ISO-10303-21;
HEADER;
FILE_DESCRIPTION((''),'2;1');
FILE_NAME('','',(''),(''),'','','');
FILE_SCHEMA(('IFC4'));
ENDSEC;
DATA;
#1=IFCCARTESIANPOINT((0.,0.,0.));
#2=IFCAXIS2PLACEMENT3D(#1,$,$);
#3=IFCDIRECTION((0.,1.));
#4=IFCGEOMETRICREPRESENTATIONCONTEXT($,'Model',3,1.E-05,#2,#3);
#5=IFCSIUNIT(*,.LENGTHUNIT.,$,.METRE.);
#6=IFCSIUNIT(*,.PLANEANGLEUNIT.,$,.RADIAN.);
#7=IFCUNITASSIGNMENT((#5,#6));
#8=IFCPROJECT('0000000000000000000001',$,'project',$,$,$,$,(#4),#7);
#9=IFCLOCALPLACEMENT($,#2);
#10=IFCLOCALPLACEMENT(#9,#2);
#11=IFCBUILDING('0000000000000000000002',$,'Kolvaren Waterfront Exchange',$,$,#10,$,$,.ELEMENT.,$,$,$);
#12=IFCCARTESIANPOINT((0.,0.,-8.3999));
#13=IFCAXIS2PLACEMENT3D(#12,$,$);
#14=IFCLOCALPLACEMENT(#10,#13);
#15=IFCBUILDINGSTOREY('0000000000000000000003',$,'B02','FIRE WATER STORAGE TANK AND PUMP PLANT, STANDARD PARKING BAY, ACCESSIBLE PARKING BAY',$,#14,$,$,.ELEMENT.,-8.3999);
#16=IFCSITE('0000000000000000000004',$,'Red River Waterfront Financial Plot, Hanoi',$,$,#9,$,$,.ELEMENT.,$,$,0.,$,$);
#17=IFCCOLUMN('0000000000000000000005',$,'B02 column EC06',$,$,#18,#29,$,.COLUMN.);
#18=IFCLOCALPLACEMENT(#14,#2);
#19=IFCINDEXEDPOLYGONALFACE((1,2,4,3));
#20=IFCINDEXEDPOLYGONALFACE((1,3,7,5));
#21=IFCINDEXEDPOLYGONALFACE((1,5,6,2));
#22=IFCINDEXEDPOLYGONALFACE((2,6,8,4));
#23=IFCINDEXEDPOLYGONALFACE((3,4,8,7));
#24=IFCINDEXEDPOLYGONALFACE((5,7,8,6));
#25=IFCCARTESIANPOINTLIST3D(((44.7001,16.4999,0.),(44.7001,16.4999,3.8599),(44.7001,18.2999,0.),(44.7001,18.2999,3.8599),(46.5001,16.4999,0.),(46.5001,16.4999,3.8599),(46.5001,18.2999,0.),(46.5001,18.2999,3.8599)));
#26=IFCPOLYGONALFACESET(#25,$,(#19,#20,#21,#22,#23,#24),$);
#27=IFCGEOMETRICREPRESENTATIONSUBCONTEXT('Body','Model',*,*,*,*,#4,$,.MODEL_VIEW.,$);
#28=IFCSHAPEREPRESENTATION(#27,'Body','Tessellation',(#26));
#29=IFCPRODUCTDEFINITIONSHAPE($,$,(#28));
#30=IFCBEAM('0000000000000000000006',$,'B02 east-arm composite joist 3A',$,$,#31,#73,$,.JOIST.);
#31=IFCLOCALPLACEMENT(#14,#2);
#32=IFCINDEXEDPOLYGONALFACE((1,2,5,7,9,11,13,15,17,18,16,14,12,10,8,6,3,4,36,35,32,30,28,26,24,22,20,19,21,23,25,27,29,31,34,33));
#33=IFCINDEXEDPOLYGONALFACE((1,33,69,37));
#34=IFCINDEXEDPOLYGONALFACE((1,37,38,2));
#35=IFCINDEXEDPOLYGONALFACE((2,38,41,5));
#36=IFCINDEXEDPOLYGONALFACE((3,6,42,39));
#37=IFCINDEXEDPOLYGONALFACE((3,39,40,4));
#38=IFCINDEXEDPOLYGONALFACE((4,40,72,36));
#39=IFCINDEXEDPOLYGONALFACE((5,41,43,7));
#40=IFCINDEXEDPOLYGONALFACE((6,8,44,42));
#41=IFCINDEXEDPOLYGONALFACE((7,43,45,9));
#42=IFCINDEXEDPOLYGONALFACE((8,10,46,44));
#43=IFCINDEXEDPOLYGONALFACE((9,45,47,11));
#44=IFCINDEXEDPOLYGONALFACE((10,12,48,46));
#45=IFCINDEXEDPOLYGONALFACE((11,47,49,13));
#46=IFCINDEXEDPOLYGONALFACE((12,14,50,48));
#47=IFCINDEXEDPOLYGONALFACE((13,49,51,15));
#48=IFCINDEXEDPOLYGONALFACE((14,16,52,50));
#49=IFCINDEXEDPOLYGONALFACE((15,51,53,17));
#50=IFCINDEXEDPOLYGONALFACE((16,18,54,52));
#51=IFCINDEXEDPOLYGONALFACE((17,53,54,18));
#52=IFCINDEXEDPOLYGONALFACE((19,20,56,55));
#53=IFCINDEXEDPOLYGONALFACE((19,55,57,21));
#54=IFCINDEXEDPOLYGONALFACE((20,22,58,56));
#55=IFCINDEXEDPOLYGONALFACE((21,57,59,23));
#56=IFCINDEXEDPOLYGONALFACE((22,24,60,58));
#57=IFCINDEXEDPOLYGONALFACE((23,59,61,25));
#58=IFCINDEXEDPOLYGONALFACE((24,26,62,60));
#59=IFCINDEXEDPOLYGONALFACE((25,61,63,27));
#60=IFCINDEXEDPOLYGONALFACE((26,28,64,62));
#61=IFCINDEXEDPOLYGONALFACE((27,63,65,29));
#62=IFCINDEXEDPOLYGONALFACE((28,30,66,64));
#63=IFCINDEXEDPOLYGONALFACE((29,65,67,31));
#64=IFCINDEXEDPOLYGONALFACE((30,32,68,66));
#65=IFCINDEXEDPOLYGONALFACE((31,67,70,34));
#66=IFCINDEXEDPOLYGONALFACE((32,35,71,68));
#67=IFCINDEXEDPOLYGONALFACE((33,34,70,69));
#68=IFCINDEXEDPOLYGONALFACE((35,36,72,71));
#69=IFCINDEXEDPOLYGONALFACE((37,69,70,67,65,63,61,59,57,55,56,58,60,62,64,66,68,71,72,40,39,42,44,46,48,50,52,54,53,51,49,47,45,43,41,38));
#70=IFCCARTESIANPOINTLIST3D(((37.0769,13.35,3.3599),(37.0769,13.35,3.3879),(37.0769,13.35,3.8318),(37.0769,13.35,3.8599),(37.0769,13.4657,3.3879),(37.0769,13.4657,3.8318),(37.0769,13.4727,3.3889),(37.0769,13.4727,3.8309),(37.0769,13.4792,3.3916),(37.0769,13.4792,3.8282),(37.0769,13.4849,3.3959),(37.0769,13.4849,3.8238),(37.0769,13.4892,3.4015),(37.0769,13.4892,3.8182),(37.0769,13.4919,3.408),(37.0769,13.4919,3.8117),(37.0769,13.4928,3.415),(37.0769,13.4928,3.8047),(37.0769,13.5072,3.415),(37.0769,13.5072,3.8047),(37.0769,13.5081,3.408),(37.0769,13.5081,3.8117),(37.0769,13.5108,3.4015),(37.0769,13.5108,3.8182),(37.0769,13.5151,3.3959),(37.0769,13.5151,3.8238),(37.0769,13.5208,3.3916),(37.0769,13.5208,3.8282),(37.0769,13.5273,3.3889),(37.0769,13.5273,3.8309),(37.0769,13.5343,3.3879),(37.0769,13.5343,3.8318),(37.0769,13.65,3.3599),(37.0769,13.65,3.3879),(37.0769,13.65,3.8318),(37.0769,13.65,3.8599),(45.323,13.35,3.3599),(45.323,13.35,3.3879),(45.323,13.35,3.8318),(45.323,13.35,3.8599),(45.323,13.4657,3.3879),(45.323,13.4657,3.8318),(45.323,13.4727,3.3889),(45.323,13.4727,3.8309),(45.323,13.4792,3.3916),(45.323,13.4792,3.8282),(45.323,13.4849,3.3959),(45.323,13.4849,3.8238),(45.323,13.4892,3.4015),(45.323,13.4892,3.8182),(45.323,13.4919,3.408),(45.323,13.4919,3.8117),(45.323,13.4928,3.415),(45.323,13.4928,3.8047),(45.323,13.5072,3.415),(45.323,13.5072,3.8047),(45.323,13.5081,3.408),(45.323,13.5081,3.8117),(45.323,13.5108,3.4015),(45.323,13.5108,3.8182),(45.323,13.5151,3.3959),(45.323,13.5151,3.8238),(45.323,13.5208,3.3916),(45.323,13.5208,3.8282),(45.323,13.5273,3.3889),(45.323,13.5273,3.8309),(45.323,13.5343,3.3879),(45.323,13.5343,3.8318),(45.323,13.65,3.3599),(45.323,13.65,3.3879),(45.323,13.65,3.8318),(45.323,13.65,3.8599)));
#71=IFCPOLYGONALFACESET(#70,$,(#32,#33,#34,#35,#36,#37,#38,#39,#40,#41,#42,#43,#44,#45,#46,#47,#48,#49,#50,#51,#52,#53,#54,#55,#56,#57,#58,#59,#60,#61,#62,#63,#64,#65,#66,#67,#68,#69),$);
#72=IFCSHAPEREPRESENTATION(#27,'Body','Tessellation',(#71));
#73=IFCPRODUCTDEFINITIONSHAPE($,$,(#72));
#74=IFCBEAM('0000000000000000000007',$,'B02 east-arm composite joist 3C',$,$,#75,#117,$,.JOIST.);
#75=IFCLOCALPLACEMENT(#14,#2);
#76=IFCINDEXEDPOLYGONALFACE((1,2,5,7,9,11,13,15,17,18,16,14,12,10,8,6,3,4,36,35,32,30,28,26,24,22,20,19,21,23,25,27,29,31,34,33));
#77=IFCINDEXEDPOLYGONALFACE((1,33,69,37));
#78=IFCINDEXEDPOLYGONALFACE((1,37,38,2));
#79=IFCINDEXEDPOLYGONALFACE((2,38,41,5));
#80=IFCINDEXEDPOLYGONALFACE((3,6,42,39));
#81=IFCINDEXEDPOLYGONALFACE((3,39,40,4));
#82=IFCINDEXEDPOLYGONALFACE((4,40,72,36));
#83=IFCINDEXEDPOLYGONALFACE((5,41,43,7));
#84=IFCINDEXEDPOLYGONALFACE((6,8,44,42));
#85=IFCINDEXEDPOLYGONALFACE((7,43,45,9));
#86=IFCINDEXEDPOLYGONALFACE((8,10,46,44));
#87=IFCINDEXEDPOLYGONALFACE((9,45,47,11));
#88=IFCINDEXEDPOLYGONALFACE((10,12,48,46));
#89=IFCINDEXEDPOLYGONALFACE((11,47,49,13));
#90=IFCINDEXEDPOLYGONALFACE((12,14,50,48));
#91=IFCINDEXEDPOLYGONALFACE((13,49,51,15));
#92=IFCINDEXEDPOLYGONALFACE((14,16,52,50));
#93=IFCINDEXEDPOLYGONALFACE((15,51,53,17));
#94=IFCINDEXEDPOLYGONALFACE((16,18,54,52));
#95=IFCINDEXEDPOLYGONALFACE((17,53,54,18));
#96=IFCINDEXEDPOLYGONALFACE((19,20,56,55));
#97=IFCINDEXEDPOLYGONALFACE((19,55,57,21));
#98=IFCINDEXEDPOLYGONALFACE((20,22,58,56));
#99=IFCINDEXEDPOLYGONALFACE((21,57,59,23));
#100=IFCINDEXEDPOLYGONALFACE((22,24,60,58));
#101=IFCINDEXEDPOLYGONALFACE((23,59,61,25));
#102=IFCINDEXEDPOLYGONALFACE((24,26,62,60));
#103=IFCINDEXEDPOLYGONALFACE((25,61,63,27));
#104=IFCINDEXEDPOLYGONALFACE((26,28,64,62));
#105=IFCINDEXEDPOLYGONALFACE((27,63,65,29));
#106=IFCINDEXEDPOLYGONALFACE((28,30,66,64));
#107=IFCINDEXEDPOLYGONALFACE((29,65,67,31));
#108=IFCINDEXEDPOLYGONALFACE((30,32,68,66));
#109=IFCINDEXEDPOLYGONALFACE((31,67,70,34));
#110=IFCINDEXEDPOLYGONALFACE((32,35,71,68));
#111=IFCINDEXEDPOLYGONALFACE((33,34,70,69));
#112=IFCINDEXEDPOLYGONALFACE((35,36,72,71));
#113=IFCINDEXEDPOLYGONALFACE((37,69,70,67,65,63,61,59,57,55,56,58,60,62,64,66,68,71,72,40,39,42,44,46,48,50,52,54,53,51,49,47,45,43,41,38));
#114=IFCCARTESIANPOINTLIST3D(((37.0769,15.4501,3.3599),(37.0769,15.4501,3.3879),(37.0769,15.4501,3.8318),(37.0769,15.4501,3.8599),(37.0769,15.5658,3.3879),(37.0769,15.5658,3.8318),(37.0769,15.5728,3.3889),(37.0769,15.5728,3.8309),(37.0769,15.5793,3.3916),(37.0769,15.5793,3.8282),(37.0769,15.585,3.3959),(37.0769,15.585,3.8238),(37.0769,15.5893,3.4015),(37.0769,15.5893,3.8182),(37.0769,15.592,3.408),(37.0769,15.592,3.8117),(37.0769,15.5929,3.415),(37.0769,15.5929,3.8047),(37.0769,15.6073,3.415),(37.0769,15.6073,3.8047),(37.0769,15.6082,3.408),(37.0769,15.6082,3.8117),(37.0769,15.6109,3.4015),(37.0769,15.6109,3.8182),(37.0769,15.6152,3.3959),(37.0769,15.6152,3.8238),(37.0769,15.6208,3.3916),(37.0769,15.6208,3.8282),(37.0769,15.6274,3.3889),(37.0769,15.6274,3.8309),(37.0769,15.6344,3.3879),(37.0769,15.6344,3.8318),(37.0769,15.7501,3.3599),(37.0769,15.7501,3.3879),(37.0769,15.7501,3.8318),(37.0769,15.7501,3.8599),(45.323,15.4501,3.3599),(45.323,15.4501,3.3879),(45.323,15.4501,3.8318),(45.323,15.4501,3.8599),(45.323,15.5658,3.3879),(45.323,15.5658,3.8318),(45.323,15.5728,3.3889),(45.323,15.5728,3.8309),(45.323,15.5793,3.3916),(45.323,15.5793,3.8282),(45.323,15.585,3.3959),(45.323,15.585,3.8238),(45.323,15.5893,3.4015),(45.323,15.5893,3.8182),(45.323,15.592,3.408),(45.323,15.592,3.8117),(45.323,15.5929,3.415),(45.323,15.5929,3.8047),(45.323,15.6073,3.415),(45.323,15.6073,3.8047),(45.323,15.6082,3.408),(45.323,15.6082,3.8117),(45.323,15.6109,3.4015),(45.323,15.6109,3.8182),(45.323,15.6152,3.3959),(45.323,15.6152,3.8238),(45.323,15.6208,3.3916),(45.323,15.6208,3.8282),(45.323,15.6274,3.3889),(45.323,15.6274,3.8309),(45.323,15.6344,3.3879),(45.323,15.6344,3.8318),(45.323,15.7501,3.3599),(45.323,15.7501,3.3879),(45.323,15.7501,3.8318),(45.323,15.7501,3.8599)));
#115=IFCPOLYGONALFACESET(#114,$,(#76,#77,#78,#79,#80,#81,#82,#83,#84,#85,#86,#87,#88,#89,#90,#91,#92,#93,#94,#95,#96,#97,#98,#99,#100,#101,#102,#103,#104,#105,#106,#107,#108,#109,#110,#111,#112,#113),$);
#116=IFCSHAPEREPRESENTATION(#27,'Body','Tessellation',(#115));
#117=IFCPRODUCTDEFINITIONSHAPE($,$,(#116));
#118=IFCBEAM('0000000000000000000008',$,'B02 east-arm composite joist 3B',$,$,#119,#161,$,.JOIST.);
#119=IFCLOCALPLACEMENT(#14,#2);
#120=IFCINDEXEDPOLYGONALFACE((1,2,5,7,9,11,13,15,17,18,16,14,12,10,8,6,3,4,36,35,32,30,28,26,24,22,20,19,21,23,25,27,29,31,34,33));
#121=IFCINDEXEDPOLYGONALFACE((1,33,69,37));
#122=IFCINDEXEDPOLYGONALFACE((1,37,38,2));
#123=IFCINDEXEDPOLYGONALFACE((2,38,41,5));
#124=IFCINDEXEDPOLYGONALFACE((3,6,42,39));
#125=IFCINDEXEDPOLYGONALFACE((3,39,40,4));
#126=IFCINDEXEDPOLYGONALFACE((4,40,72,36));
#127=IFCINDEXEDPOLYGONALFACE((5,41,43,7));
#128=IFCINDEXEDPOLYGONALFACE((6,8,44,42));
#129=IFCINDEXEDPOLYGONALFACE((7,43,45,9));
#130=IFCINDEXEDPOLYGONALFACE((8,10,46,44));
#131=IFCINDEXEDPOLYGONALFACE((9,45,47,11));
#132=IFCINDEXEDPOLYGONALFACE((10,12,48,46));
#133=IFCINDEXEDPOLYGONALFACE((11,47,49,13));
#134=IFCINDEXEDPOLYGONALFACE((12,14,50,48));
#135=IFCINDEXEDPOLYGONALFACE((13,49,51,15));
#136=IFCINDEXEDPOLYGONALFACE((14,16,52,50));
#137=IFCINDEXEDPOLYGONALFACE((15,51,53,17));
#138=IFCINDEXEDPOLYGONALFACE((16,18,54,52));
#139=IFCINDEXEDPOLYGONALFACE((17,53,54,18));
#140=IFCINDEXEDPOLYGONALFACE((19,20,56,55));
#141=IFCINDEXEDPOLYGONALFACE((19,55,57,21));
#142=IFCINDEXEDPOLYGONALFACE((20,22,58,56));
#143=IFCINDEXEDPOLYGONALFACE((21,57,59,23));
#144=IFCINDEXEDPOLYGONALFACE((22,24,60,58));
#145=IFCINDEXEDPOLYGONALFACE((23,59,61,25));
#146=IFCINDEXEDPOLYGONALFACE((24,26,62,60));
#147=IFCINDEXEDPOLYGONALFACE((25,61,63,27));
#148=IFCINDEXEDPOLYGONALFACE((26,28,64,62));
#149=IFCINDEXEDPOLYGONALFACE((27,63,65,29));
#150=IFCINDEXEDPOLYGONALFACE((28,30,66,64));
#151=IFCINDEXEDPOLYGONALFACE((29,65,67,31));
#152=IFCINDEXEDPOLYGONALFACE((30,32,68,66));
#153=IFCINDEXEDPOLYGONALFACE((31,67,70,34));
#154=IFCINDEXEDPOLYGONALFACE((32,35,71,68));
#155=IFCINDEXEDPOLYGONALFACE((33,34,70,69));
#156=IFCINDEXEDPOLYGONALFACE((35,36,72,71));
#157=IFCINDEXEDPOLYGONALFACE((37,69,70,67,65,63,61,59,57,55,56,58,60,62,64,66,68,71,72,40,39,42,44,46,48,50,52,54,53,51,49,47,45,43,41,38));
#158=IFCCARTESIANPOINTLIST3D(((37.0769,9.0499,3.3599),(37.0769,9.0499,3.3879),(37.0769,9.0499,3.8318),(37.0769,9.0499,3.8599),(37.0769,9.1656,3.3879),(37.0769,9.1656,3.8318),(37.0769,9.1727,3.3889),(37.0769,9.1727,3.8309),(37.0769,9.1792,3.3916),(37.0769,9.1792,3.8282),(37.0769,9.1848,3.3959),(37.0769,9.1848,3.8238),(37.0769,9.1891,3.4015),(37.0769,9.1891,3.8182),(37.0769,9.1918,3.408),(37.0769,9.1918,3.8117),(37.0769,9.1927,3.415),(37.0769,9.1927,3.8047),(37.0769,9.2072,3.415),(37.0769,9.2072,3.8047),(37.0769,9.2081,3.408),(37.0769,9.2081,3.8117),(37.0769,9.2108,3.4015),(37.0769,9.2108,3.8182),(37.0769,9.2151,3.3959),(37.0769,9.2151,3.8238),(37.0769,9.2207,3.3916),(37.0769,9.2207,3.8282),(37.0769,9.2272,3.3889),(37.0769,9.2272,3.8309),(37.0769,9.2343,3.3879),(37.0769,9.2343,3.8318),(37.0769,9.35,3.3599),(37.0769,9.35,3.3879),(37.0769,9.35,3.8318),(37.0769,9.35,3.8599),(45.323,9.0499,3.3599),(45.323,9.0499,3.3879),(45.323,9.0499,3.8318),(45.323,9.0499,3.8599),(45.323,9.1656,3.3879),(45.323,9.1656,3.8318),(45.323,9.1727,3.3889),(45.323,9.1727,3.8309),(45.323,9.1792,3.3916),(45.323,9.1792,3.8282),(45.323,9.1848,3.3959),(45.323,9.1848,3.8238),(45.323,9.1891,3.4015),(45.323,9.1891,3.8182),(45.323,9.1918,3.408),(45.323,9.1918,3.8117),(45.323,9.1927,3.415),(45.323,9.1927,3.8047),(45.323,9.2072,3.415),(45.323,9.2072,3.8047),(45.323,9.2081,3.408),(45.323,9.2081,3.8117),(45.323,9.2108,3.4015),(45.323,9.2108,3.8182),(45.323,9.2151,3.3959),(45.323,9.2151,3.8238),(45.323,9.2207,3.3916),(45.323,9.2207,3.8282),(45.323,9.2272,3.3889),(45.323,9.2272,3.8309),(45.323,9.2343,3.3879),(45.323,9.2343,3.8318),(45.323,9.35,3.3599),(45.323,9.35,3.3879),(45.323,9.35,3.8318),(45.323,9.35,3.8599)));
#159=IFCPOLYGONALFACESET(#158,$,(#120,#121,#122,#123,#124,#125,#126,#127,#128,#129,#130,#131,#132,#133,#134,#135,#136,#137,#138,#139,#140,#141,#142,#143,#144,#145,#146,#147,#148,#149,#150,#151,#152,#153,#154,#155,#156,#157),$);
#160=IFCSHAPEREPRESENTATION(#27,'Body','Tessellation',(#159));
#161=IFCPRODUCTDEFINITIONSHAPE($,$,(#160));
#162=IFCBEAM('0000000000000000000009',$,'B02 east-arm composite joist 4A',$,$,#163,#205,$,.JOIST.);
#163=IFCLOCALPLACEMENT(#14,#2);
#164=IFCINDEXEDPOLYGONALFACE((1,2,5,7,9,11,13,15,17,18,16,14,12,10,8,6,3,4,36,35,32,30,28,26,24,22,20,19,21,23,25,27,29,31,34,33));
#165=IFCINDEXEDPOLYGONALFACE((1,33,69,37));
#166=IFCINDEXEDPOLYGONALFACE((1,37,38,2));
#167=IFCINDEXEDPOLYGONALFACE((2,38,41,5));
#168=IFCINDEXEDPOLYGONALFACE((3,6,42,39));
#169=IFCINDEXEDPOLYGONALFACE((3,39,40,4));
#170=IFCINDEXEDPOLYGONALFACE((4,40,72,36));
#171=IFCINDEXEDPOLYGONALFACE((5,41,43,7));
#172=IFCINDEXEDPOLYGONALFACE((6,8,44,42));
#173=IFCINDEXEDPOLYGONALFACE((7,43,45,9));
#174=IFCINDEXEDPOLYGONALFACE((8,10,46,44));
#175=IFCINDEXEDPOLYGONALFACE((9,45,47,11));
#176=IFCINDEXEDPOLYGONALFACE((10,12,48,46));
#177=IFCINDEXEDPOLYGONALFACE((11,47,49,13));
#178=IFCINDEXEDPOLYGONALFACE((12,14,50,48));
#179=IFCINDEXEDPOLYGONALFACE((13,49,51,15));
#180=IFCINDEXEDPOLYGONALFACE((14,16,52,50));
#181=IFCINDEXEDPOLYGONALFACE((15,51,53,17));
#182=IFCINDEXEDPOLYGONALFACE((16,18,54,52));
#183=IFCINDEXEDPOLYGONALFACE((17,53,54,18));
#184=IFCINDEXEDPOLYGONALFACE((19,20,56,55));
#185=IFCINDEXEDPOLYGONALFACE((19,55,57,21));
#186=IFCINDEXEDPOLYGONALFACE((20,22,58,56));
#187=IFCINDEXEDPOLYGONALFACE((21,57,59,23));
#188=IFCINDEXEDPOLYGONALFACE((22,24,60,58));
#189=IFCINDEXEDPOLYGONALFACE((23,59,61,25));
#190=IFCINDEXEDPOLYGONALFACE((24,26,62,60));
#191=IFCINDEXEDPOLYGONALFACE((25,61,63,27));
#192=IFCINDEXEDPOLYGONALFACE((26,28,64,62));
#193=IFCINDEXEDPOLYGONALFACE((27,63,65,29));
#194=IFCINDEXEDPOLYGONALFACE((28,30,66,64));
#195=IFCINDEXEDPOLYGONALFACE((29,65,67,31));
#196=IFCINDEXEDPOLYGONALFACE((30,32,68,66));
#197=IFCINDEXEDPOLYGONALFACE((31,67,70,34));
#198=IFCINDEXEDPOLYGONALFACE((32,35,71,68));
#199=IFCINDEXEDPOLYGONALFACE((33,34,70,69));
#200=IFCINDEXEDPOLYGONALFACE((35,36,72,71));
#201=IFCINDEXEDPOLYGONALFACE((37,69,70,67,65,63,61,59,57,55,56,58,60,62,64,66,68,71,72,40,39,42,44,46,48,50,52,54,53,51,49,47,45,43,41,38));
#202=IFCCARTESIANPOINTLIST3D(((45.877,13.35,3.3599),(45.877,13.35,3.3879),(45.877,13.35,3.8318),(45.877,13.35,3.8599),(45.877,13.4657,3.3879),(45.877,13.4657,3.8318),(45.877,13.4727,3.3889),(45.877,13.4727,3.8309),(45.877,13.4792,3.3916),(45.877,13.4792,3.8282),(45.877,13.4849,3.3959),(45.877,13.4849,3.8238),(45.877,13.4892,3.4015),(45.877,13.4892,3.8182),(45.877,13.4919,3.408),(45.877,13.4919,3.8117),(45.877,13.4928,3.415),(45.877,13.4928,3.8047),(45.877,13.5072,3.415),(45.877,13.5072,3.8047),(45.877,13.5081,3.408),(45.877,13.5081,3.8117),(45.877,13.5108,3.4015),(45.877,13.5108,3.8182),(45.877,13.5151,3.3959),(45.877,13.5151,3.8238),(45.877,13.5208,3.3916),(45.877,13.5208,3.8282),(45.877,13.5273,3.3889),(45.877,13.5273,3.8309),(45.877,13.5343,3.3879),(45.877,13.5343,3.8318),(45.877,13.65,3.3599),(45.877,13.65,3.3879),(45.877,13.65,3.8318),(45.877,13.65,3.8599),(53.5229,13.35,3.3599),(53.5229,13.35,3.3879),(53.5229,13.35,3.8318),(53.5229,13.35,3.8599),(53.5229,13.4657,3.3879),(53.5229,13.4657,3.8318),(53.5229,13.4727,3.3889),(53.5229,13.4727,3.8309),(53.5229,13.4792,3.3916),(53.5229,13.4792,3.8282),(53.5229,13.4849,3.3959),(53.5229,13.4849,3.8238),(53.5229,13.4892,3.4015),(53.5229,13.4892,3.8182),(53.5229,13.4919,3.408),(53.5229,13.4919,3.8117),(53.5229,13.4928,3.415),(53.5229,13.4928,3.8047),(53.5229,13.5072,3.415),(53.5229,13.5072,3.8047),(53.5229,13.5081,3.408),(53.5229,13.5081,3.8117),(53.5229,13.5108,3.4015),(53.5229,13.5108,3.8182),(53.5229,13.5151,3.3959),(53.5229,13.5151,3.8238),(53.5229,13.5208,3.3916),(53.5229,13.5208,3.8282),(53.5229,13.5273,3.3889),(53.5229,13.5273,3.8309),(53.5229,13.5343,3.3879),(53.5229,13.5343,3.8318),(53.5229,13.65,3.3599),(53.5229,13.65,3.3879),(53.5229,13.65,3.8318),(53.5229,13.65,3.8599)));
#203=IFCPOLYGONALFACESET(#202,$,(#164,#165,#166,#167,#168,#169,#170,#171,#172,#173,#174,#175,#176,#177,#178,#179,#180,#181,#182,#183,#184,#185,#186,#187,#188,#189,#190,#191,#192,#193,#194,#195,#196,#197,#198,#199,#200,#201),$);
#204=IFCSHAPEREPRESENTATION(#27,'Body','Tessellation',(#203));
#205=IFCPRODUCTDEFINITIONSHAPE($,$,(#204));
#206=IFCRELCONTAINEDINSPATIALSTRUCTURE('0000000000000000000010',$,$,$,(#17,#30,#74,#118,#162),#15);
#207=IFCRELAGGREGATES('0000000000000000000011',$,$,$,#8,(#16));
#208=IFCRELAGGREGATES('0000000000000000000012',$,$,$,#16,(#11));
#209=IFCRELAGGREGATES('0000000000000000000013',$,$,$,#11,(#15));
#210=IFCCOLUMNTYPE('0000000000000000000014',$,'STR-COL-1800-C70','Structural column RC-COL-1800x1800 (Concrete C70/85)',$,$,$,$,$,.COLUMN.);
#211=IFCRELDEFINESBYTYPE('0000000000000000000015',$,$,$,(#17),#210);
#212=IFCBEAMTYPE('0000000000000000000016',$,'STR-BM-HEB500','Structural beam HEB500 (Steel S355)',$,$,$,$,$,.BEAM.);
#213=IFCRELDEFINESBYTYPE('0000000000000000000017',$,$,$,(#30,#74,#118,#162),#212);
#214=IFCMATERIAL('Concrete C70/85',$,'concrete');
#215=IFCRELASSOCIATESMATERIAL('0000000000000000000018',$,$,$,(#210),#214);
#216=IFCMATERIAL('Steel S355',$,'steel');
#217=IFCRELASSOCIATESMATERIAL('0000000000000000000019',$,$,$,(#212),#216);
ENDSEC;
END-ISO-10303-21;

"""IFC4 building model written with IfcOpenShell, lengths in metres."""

from ifc_helpers import new_model, si_unit, direction, frame, origin, origin_2d, place, context, subcontext, project, spatial, rectangle, i_section, extrude, material, material_profile, profile_set, type_object, element, save


model = new_model("IFC4")

# Units and contexts
model_context = context("Model", 3, precision=1e-05, world=origin(), true_north=direction((0.0, 1.0)))
body_context = subcontext(model_context, "Body", "Model", "MODEL_VIEW")
ifc_project = project(units=[si_unit("LENGTHUNIT", "METRE"), si_unit("PLANEANGLEUNIT", "RADIAN")], contexts=[model_context])

# Site, building, storey
site_placement = place(None, origin())
site = spatial("IfcSite", under=ifc_project, at=site_placement, Name="Red River Waterfront Financial Plot, Hanoi", CompositionType="ELEMENT", RefElevation=0.0)
building_placement = place(site_placement, origin())
building = spatial("IfcBuilding", under=site, at=building_placement, Name="Kolvaren Waterfront Exchange", CompositionType="ELEMENT")
storey_placement = place(building_placement, frame((0.0, 0.0, -8.3999)))
storey = spatial("IfcBuildingStorey", under=building, at=storey_placement, Name="B02", Description="FIRE WATER STORAGE TANK AND PUMP PLANT, STANDARD PARKING BAY, ACCESSIBLE PARKING BAY", CompositionType="ELEMENT", Elevation=-8.3999)

# Column
ifc_material_1 = material(Name="Concrete C70/85", Category="concrete")
ifc_material_profile_1 = material_profile(ifc_material_1, rectangle(XDim=1.8, YDim=1.8, at=origin_2d()), Name="RC-COL-1800x1800")
ifc_profile_set_1 = profile_set([ifc_material_profile_1], Name="Concrete C70/85")
column_type = type_object("IfcColumnType", Name="STR-COL-1800-C70", Description="Structural column RC-COL-1800x1800 (Concrete C70/85)", PredefinedType="COLUMN", material=ifc_profile_set_1)
for number, where, z_axis, x_axis, name in (
    (1, (45.6001, 17.3999, 0.0), (0.0, 0.0, 1.0), (1.0, 0.0, 0.0), "B02 column EC06"),
):
    element("IfcColumn", number, at=place(storey_placement, frame(where, z_axis=z_axis, x_axis=x_axis)), inside=storey, type_object=column_type, Name=name, PredefinedType="COLUMN", context=body_context, shape_type="SweptSolid", body=[
        extrude(rectangle(XDim=1.8, YDim=1.8, at=origin_2d()), origin(), (0.0, 0.0, 1.0), 3.8599),
    ])

# Beams
ifc_material_2 = material(Name="Steel S355", Category="steel")
ifc_material_profile_2 = material_profile(ifc_material_2, i_section(OverallWidth=0.3, OverallDepth=0.5, WebThickness=0.0144, FlangeThickness=0.0281, FilletRadius=0.0271, at=origin_2d()), Name="HEB500")
ifc_profile_set_2 = profile_set([ifc_material_profile_2], Name="Steel S355")
beam_type_1 = type_object("IfcBeamType", Name="STR-BM-HEB500", Description="Structural beam HEB500 (Steel S355)", PredefinedType="BEAM", material=ifc_profile_set_2)
for number, where, z_axis, x_axis, name in (
    (2, (37.0769, 13.5, 3.6099), (1.0, 0.0, 0.0), (0.0, 1.0, 0.0), "B02 east-arm composite joist 3A"),
    (3, (37.0769, 15.6001, 3.6099), (1.0, 0.0, 0.0), (0.0, 1.0, 0.0), "B02 east-arm composite joist 3C"),
    (4, (37.0769, 9.2, 3.6099), (1.0, 0.0, 0.0), (0.0, 1.0, 0.0), "B02 east-arm composite joist 3B"),
):
    element("IfcBeam", number, at=place(storey_placement, frame(where, z_axis=z_axis, x_axis=x_axis)), inside=storey, type_object=beam_type_1, Name=name, PredefinedType="JOIST", context=body_context, shape_type="SweptSolid", body=[
        extrude(i_section(OverallWidth=0.3, OverallDepth=0.5, WebThickness=0.0144, FlangeThickness=0.0281, FilletRadius=0.0271, at=origin_2d()), origin(), (0.0, 0.0, 1.0), 8.2461),
    ])
for number, where, z_axis, x_axis, name in (
    (5, (45.877, 13.5, 3.6099), (1.0, 0.0, 0.0), (0.0, 1.0, 0.0), "B02 east-arm composite joist 4A"),
):
    element("IfcBeam", number, at=place(storey_placement, frame(where, z_axis=z_axis, x_axis=x_axis)), inside=storey, type_object=beam_type_1, Name=name, PredefinedType="JOIST", context=body_context, shape_type="SweptSolid", body=[
        extrude(i_section(OverallWidth=0.3, OverallDepth=0.5, WebThickness=0.0144, FlangeThickness=0.0281, FilletRadius=0.0271, at=origin_2d()), origin(), (0.0, 0.0, 1.0), 7.646),
    ])

save(model, "model.ifc")
